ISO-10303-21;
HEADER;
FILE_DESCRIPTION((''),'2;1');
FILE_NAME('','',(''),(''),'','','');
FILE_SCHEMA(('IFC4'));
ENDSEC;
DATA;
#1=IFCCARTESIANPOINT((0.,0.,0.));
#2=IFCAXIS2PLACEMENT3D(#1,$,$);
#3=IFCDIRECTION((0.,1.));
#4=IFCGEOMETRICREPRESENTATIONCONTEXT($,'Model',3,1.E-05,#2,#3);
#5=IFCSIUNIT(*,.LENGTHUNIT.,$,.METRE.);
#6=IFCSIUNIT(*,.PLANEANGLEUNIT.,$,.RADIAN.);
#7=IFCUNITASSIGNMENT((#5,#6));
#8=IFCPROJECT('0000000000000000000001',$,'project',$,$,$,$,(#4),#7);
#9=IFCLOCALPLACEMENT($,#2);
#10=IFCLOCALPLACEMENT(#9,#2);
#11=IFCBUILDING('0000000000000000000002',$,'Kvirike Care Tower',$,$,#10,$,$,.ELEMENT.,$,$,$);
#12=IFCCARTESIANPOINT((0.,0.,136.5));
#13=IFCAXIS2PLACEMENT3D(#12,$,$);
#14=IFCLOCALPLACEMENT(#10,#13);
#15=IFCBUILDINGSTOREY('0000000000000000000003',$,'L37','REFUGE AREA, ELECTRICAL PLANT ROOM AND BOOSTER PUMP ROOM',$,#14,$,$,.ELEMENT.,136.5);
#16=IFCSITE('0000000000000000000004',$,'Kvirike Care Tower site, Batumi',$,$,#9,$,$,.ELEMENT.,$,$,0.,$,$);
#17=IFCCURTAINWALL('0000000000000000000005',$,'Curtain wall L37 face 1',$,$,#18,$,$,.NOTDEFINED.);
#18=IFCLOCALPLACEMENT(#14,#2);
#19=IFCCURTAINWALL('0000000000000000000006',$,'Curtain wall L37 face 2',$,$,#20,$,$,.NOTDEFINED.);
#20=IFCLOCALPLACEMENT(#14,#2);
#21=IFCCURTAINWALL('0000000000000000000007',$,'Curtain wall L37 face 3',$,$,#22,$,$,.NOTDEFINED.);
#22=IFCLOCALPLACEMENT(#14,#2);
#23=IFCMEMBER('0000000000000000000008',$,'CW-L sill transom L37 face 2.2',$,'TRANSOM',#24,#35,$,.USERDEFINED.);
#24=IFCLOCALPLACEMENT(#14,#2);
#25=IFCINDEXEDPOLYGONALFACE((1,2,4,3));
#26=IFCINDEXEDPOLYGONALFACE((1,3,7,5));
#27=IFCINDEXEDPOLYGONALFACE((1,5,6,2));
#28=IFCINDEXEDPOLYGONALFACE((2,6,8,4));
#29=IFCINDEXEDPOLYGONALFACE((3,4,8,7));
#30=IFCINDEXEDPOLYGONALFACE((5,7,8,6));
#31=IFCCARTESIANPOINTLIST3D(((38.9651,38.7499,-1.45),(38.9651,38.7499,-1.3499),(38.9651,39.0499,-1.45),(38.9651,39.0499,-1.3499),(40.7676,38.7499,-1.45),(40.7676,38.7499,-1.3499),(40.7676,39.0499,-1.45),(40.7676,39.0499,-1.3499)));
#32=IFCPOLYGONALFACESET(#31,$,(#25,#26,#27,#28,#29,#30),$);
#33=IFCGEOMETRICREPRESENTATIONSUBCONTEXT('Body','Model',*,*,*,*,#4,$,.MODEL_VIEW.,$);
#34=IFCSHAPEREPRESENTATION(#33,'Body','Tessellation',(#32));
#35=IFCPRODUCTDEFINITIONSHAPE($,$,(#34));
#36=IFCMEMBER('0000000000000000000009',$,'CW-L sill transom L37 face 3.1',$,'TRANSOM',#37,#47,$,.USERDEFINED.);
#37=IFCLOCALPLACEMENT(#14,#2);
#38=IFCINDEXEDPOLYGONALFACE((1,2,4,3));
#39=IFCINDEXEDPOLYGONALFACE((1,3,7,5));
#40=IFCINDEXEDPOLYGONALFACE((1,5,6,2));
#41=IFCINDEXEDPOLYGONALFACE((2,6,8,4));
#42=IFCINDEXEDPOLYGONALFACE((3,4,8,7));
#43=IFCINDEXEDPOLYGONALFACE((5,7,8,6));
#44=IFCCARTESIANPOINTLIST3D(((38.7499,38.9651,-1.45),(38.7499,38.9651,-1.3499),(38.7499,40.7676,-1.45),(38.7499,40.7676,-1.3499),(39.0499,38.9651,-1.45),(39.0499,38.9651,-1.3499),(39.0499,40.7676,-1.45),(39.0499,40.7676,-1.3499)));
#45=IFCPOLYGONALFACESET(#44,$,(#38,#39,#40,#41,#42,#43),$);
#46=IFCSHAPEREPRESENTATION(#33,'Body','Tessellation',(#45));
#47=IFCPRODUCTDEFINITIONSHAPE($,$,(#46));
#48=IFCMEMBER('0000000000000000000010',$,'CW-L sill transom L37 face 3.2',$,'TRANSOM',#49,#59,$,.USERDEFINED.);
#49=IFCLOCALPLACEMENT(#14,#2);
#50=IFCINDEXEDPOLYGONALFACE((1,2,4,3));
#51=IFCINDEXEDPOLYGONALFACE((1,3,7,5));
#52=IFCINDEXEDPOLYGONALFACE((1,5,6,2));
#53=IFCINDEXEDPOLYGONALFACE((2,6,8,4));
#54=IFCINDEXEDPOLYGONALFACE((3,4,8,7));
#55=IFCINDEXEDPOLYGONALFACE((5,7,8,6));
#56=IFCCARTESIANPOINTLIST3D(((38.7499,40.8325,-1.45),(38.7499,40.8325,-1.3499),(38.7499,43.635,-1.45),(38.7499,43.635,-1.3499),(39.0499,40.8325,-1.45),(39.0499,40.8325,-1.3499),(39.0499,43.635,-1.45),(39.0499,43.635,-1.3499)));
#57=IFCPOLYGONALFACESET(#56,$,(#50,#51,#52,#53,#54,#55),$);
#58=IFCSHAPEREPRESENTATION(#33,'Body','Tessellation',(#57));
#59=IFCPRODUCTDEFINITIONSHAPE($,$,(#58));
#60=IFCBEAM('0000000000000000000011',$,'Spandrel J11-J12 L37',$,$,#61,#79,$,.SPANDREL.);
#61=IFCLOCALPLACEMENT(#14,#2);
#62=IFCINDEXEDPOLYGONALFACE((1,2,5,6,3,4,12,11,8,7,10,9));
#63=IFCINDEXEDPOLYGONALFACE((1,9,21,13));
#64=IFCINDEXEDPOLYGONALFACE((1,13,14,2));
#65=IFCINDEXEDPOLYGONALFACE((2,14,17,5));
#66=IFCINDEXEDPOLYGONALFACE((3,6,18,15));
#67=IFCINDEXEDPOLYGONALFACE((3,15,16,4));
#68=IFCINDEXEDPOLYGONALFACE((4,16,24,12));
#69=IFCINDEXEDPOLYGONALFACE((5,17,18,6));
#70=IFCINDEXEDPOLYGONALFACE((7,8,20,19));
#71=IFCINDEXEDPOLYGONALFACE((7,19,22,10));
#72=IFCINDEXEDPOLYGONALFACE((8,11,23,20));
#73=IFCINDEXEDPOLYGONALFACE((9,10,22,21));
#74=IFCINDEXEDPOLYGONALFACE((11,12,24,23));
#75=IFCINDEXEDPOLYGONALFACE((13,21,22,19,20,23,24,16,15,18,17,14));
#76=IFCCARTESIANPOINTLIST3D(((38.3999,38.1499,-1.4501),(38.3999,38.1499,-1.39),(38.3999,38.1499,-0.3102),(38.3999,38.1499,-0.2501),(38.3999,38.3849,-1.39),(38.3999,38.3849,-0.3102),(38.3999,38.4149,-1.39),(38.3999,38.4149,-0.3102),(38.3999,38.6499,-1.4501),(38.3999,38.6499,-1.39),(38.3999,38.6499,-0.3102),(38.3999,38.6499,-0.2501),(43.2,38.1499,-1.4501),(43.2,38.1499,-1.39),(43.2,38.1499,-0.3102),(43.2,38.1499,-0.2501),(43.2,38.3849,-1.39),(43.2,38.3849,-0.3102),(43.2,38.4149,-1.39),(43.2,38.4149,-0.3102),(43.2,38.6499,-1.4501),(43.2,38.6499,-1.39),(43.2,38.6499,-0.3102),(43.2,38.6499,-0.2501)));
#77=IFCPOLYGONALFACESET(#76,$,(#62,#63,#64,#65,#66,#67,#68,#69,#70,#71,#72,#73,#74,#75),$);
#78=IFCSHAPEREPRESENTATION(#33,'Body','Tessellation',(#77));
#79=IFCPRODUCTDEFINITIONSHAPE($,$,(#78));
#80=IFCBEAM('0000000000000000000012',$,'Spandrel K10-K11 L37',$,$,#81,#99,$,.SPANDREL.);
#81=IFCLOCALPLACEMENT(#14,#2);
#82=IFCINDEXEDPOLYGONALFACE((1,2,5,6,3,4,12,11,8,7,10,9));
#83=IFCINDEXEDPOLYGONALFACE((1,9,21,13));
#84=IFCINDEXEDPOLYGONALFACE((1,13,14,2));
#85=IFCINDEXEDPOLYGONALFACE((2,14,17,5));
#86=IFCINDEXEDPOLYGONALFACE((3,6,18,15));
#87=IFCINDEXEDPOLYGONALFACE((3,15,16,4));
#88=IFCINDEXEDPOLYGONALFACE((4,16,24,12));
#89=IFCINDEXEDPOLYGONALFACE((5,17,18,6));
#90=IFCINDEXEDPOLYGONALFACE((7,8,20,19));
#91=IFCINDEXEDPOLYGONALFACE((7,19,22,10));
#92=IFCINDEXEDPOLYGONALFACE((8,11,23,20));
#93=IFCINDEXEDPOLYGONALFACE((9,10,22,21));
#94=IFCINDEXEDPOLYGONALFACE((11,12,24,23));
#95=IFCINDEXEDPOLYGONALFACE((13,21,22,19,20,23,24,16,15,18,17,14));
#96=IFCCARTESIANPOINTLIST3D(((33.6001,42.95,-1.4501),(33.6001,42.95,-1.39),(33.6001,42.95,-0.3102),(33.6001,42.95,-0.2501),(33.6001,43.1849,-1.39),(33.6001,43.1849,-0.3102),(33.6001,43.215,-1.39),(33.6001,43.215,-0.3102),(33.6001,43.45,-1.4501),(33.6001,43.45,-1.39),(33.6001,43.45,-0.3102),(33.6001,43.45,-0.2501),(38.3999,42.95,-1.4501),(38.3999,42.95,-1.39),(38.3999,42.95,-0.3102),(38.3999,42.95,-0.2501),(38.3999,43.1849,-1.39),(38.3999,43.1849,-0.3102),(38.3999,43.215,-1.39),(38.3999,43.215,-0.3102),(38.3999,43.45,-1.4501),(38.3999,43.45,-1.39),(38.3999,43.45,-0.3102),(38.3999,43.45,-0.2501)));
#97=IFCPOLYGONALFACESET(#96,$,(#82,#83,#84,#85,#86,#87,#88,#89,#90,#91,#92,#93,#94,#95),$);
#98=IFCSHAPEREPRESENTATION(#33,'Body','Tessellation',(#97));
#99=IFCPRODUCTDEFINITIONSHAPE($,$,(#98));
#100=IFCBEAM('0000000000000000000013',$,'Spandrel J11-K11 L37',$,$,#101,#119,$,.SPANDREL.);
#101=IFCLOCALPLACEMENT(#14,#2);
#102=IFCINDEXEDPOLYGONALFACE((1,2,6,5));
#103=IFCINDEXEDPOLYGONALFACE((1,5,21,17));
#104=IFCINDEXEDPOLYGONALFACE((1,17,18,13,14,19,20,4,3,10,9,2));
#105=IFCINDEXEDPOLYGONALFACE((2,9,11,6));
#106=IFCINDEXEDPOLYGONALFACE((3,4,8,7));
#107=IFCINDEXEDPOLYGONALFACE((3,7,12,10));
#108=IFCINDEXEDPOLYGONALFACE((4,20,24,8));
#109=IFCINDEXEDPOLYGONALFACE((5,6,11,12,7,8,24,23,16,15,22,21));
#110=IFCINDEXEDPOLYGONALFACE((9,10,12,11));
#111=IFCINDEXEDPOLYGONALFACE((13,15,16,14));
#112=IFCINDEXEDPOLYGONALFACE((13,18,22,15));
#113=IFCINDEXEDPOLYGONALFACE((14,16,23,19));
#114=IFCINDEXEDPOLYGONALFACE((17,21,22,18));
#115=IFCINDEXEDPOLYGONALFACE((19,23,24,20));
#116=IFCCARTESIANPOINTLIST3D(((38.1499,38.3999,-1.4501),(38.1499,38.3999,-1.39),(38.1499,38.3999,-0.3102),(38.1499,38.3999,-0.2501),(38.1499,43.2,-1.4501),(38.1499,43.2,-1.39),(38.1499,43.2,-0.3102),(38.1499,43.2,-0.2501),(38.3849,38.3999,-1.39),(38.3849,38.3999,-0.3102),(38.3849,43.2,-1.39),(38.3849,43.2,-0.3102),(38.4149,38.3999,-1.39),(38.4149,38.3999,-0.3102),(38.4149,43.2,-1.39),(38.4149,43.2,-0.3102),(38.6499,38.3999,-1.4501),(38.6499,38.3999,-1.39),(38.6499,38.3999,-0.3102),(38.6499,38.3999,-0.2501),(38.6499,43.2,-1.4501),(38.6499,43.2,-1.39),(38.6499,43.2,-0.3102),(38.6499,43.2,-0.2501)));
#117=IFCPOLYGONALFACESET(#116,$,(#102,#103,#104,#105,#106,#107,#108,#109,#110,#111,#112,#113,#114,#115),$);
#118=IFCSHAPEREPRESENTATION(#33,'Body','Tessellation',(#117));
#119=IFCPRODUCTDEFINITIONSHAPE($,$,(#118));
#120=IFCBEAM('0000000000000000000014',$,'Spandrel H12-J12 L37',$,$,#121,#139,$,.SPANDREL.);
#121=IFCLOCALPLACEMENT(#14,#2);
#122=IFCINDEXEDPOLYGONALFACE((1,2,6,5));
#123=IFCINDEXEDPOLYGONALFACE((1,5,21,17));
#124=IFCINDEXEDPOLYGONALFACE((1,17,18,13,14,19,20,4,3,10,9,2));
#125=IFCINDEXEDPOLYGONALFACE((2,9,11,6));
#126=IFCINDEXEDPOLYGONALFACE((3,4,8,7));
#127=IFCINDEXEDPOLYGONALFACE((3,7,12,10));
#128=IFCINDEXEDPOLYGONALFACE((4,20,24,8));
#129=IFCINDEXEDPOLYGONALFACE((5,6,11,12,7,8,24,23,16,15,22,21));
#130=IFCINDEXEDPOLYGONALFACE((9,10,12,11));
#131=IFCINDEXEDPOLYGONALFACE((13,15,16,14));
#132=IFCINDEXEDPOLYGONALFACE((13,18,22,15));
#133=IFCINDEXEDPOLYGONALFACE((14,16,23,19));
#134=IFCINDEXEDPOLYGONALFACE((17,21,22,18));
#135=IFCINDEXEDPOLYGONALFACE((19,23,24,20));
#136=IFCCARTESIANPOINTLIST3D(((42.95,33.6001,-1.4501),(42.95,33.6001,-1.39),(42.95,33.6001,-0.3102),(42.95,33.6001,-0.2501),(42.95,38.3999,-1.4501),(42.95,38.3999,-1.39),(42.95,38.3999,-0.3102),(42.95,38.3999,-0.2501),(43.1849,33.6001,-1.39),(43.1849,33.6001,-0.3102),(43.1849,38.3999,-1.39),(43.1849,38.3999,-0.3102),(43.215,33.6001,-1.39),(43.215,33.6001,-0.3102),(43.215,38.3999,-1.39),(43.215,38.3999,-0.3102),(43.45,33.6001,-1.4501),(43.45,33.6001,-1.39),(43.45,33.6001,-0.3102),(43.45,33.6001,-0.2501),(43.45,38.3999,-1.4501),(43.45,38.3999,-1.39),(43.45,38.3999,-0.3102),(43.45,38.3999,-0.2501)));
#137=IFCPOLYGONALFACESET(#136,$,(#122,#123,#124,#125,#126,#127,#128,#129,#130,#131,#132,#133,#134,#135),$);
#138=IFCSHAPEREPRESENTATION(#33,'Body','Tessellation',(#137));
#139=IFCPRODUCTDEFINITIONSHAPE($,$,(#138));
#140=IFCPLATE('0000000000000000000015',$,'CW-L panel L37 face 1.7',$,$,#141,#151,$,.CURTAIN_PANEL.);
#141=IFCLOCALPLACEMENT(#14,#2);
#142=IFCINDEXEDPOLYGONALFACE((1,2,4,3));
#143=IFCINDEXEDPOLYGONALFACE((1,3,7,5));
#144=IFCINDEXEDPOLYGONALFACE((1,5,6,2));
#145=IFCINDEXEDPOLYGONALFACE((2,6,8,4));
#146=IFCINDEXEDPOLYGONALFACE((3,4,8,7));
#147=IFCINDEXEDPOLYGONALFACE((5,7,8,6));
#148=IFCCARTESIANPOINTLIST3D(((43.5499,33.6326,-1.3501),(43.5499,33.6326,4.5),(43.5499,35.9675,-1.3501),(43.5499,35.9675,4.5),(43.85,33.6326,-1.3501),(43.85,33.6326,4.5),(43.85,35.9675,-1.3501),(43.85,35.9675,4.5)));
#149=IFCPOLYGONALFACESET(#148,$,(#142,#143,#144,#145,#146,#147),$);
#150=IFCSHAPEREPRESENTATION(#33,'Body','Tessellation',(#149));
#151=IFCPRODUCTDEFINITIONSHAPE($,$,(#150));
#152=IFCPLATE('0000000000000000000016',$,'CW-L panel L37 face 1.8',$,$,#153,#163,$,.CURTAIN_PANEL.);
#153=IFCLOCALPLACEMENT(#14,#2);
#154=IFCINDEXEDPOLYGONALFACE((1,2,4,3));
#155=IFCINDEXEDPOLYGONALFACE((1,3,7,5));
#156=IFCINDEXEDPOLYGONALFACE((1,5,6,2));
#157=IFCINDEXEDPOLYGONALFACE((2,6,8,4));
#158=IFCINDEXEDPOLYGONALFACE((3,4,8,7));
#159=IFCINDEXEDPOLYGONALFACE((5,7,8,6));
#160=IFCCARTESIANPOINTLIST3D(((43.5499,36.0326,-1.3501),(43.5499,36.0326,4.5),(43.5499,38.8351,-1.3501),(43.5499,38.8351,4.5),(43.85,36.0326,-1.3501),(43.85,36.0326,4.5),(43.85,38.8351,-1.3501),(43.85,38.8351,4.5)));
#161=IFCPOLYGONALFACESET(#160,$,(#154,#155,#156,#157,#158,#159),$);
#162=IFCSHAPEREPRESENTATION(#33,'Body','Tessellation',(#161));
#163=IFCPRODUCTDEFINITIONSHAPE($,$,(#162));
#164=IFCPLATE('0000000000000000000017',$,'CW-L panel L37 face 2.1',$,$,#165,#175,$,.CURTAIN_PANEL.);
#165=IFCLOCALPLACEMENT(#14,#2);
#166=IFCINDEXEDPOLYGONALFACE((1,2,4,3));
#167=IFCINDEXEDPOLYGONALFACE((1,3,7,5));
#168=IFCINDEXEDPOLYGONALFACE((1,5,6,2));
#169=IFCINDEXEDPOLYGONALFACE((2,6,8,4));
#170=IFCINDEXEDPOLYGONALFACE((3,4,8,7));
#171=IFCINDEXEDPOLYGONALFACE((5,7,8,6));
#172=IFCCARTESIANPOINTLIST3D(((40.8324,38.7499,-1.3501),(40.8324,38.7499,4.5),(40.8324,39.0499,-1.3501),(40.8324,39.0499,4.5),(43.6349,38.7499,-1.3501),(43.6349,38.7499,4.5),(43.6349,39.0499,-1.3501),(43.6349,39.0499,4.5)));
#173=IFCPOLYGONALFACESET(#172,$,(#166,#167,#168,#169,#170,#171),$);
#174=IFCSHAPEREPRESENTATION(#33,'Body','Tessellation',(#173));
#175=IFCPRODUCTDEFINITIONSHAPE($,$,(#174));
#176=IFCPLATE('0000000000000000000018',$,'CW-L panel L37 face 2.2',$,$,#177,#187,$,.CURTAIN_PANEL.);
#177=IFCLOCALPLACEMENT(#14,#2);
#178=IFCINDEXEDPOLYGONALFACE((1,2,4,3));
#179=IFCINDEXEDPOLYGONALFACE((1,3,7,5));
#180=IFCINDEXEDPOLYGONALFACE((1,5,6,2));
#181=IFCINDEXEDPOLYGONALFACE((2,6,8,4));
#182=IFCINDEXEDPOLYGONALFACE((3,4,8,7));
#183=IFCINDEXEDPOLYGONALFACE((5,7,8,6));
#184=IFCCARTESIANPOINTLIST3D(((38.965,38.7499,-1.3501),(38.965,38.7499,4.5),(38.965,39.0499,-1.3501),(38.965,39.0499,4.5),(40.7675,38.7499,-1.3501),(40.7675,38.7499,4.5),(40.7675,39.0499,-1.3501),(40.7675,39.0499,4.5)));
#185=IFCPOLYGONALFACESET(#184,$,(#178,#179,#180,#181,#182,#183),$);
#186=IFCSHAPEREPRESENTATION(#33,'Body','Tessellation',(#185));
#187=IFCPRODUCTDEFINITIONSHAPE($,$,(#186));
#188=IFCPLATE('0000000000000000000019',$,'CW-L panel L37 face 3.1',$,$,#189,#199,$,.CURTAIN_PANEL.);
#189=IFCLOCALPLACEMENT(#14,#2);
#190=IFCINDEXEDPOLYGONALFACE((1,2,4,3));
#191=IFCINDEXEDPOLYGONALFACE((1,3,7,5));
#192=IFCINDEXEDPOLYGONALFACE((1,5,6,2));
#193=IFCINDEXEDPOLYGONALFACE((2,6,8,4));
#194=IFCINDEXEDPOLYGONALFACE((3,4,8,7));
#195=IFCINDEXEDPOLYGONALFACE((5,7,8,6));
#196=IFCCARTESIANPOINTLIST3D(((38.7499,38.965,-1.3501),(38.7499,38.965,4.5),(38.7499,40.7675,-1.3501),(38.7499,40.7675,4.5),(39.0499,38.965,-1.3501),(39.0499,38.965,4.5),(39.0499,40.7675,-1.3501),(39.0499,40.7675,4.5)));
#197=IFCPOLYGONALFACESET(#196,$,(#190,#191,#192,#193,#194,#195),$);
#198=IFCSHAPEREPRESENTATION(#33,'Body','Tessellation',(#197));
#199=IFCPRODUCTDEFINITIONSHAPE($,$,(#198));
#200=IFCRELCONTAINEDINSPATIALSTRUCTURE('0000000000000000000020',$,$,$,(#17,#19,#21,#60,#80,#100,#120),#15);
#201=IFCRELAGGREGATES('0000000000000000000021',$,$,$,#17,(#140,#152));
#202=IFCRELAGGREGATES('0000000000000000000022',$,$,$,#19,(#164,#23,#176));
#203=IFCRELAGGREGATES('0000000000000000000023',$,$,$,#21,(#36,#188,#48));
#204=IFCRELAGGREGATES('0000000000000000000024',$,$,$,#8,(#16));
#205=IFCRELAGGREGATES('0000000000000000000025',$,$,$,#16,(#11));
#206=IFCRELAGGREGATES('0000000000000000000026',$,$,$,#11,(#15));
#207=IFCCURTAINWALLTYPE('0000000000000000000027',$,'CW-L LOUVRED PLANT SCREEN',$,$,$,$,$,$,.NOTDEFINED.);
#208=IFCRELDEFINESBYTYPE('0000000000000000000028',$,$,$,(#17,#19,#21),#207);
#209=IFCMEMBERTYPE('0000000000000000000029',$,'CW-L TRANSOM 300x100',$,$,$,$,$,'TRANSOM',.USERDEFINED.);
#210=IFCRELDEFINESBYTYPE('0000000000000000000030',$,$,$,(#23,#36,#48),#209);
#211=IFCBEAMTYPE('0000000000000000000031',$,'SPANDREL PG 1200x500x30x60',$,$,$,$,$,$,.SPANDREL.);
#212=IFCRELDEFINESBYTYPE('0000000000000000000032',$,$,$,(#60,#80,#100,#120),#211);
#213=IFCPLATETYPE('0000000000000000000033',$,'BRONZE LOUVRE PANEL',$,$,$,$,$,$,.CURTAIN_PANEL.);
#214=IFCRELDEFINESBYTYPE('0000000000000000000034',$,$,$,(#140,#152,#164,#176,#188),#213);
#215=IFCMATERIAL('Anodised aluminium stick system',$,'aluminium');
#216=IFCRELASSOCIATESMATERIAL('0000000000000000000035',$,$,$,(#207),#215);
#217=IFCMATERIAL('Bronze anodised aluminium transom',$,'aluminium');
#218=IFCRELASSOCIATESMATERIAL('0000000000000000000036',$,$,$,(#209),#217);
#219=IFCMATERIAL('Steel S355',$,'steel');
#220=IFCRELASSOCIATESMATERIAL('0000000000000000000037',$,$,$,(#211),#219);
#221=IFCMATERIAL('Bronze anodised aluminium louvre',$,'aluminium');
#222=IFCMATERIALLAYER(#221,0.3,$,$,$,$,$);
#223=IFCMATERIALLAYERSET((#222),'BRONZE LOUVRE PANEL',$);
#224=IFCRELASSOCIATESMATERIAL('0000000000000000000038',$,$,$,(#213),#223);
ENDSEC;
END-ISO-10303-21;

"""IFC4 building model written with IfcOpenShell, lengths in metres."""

from ifc_helpers import new_model, si_unit, direction, frame, origin, origin_2d, place, context, subcontext, project, spatial, rectangle, i_section, extrude, material, layer, layer_set, material_profile, profile_set, type_object, element, aggregate, save


model = new_model("IFC4")

# Units and contexts
model_context = context("Model", 3, precision=1e-05, world=origin(), true_north=direction((0.0, 1.0)))
body_context = subcontext(model_context, "Body", "Model", "MODEL_VIEW")
ifc_project = project(units=[si_unit("LENGTHUNIT", "METRE"), si_unit("PLANEANGLEUNIT", "RADIAN")], contexts=[model_context])

# Site, building, storey
site_placement = place(None, origin())
site = spatial("IfcSite", under=ifc_project, at=site_placement, Name="Kvirike Care Tower site, Batumi", CompositionType="ELEMENT", RefElevation=0.0)
building_placement = place(site_placement, origin())
building = spatial("IfcBuilding", under=site, at=building_placement, Name="Kvirike Care Tower", CompositionType="ELEMENT")
storey_placement = place(building_placement, frame((0.0, 0.0, 136.5)))
storey = spatial("IfcBuildingStorey", under=building, at=storey_placement, Name="L37", Description="REFUGE AREA, ELECTRICAL PLANT ROOM AND BOOSTER PUMP ROOM", CompositionType="ELEMENT", Elevation=136.5)

# Curtain walls
ifc_material_1 = material(Name="Anodised aluminium stick system", Category="aluminium")
curtain_wall_type = type_object("IfcCurtainWallType", Name="CW-L LOUVRED PLANT SCREEN", PredefinedType="NOTDEFINED", material=ifc_material_1)
curtain_wall_1_placement = place(storey_placement, origin())
curtain_wall_1 = element("IfcCurtainWall", 1, at=curtain_wall_1_placement, inside=storey, type_object=curtain_wall_type, Name="Curtain wall L37 face 1", PredefinedType="NOTDEFINED")
curtain_wall_2_placement = place(storey_placement, origin())
curtain_wall_2 = element("IfcCurtainWall", 2, at=curtain_wall_2_placement, inside=storey, type_object=curtain_wall_type, Name="Curtain wall L37 face 2", PredefinedType="NOTDEFINED")
curtain_wall_3_placement = place(storey_placement, origin())
curtain_wall_3 = element("IfcCurtainWall", 3, at=curtain_wall_3_placement, inside=storey, type_object=curtain_wall_type, Name="Curtain wall L37 face 3", PredefinedType="NOTDEFINED")

# Members
ifc_material_2 = material(Name="Bronze anodised aluminium transom", Category="aluminium")
ifc_material_profile_1 = material_profile(ifc_material_2, rectangle(XDim=0.3, YDim=0.1001, at=origin_2d()), Name="CW-L TRANSOM 300x100")
ifc_profile_set_1 = profile_set([ifc_material_profile_1], Name="Bronze anodised aluminium transom")
member_type_1 = type_object("IfcMemberType", Name="CW-L TRANSOM 300x100", ElementType="TRANSOM", PredefinedType="USERDEFINED", material=ifc_profile_set_1)
member_1_placement = place(storey_placement, frame((40.7676, 38.8999, -1.3999), z_axis=(-1.0, 0.0, 0.0), x_axis=(0.0, -1.0, 0.0)))
member_1 = element("IfcMember", 4, at=member_1_placement, type_object=member_type_1, Name="CW-L sill transom L37 face 2.2", ObjectType="TRANSOM", PredefinedType="USERDEFINED", context=body_context, shape_type="SweptSolid", body=[
    extrude(rectangle(XDim=0.3, YDim=0.1001, at=origin_2d()), origin(), (0.0, 0.0, 1.0), 1.8025),
])
member_2_placement = place(storey_placement, frame((38.8999, 38.9651, -1.3999), z_axis=(0.0, 1.0, 0.0), x_axis=(-1.0, 0.0, 0.0)))
member_2 = element("IfcMember", 5, at=member_2_placement, type_object=member_type_1, Name="CW-L sill transom L37 face 3.1", ObjectType="TRANSOM", PredefinedType="USERDEFINED", context=body_context, shape_type="SweptSolid", body=[
    extrude(rectangle(XDim=0.3, YDim=0.1001, at=origin_2d()), origin(), (0.0, 0.0, 1.0), 1.8025),
])
member_3_placement = place(storey_placement, frame((38.8999, 40.8325, -1.3999), z_axis=(0.0, 1.0, 0.0), x_axis=(-1.0, 0.0, 0.0)))
member_3 = element("IfcMember", 6, at=member_3_placement, type_object=member_type_1, Name="CW-L sill transom L37 face 3.2", ObjectType="TRANSOM", PredefinedType="USERDEFINED", context=body_context, shape_type="SweptSolid", body=[
    extrude(rectangle(XDim=0.3, YDim=0.1001, at=origin_2d()), origin(), (0.0, 0.0, 1.0), 2.8025),
])

# Beams
ifc_material_3 = material(Name="Steel S355", Category="steel")
ifc_material_profile_2 = material_profile(ifc_material_3, i_section(OverallWidth=0.5, OverallDepth=1.2, WebThickness=0.03, FlangeThickness=0.0601, at=origin_2d()), Name="PG 1200x500x30x60")
ifc_profile_set_2 = profile_set([ifc_material_profile_2], Name="Steel S355")
beam_type = type_object("IfcBeamType", Name="SPANDREL PG 1200x500x30x60", PredefinedType="SPANDREL", material=ifc_profile_set_2)
beam_1_placement = place(storey_placement, frame((38.3999, 38.3999, -0.8501), z_axis=(1.0, 0.0, 0.0), x_axis=(0.0, 1.0, 0.0)))
element("IfcBeam", 7, at=beam_1_placement, inside=storey, type_object=beam_type, Name="Spandrel J11-J12 L37", PredefinedType="SPANDREL", context=body_context, shape_type="SweptSolid", body=[
    extrude(i_section(OverallWidth=0.5, OverallDepth=1.2, WebThickness=0.03, FlangeThickness=0.0601, at=origin_2d()), origin(), (0.0, 0.0, 1.0), 4.8),
])
beam_2_placement = place(storey_placement, frame((33.6001, 43.2, -0.8501), z_axis=(1.0, 0.0, 0.0), x_axis=(0.0, 1.0, 0.0)))
element("IfcBeam", 8, at=beam_2_placement, inside=storey, type_object=beam_type, Name="Spandrel K10-K11 L37", PredefinedType="SPANDREL", context=body_context, shape_type="SweptSolid", body=[
    extrude(i_section(OverallWidth=0.5, OverallDepth=1.2, WebThickness=0.03, FlangeThickness=0.0601, at=origin_2d()), origin(), (0.0, 0.0, 1.0), 4.7998),
])
beam_3_placement = place(storey_placement, frame((38.3999, 38.3999, -0.8501), z_axis=(0.0, 1.0, 0.0), x_axis=(-1.0, 0.0, 0.0)))
element("IfcBeam", 9, at=beam_3_placement, inside=storey, type_object=beam_type, Name="Spandrel J11-K11 L37", PredefinedType="SPANDREL", context=body_context, shape_type="SweptSolid", body=[
    extrude(i_section(OverallWidth=0.5, OverallDepth=1.2, WebThickness=0.03, FlangeThickness=0.0601, at=origin_2d()), origin(), (0.0, 0.0, 1.0), 4.8),
])
beam_4_placement = place(storey_placement, frame((43.2, 33.6001, -0.8501), z_axis=(0.0, 1.0, 0.0), x_axis=(-1.0, 0.0, 0.0)))
element("IfcBeam", 10, at=beam_4_placement, inside=storey, type_object=beam_type, Name="Spandrel H12-J12 L37", PredefinedType="SPANDREL", context=body_context, shape_type="SweptSolid", body=[
    extrude(i_section(OverallWidth=0.5, OverallDepth=1.2, WebThickness=0.03, FlangeThickness=0.0601, at=origin_2d()), origin(), (0.0, 0.0, 1.0), 4.7998),
])

# Plates
ifc_material_4 = material(Name="Bronze anodised aluminium louvre", Category="aluminium")
ifc_layer = layer(ifc_material_4, 0.3)
ifc_layer_set = layer_set([ifc_layer], Name="BRONZE LOUVRE PANEL")
plate_type = type_object("IfcPlateType", Name="BRONZE LOUVRE PANEL", PredefinedType="CURTAIN_PANEL", material=ifc_layer_set)
plate_1_placement = place(storey_placement, frame((43.7, 34.8, -1.3501), z_axis=(0.0, 0.0, 1.0), x_axis=(0.0, 1.0, 0.0)))
plate_1 = element("IfcPlate", 11, at=plate_1_placement, type_object=plate_type, Name="CW-L panel L37 face 1.7", PredefinedType="CURTAIN_PANEL", context=body_context, shape_type="SweptSolid", body=[
    extrude(rectangle(XDim=2.335, YDim=0.3, at=origin_2d()), origin(), (0.0, 0.0, 1.0), 5.8501),
])
plate_2_placement = place(storey_placement, frame((43.7, 37.4338, -1.3501), z_axis=(0.0, 0.0, 1.0), x_axis=(0.0, 1.0, 0.0)))
plate_2 = element("IfcPlate", 12, at=plate_2_placement, type_object=plate_type, Name="CW-L panel L37 face 1.8", PredefinedType="CURTAIN_PANEL", context=body_context, shape_type="SweptSolid", body=[
    extrude(rectangle(XDim=2.8025, YDim=0.3, at=origin_2d()), origin(), (0.0, 0.0, 1.0), 5.8501),
])
aggregate(curtain_wall_1, [plate_1, plate_2])
plate_3_placement = place(storey_placement, frame((42.2336, 38.8999, -1.3501), z_axis=(0.0, 0.0, 1.0), x_axis=(-1.0, 0.0, 0.0)))
plate_3 = element("IfcPlate", 13, at=plate_3_placement, type_object=plate_type, Name="CW-L panel L37 face 2.1", PredefinedType="CURTAIN_PANEL", context=body_context, shape_type="SweptSolid", body=[
    extrude(rectangle(XDim=2.8025, YDim=0.3, at=origin_2d()), origin(), (0.0, 0.0, 1.0), 5.8501),
])
plate_4_placement = place(storey_placement, frame((39.8662, 38.8999, -1.3501), z_axis=(0.0, 0.0, 1.0), x_axis=(-1.0, 0.0, 0.0)))
plate_4 = element("IfcPlate", 14, at=plate_4_placement, type_object=plate_type, Name="CW-L panel L37 face 2.2", PredefinedType="CURTAIN_PANEL", context=body_context, shape_type="SweptSolid", body=[
    extrude(rectangle(XDim=1.8025, YDim=0.3, at=origin_2d()), origin(), (0.0, 0.0, 1.0), 5.8501),
])
aggregate(curtain_wall_2, [plate_3, member_1, plate_4])
plate_5_placement = place(storey_placement, frame((38.8999, 39.8662, -1.3501), z_axis=(0.0, 0.0, 1.0), x_axis=(0.0, 1.0, 0.0)))
plate_5 = element("IfcPlate", 15, at=plate_5_placement, type_object=plate_type, Name="CW-L panel L37 face 3.1", PredefinedType="CURTAIN_PANEL", context=body_context, shape_type="SweptSolid", body=[
    extrude(rectangle(XDim=1.8025, YDim=0.3, at=origin_2d()), origin(), (0.0, 0.0, 1.0), 5.8501),
])
aggregate(curtain_wall_3, [member_2, plate_5, member_3])

save(model, "model.ifc")
